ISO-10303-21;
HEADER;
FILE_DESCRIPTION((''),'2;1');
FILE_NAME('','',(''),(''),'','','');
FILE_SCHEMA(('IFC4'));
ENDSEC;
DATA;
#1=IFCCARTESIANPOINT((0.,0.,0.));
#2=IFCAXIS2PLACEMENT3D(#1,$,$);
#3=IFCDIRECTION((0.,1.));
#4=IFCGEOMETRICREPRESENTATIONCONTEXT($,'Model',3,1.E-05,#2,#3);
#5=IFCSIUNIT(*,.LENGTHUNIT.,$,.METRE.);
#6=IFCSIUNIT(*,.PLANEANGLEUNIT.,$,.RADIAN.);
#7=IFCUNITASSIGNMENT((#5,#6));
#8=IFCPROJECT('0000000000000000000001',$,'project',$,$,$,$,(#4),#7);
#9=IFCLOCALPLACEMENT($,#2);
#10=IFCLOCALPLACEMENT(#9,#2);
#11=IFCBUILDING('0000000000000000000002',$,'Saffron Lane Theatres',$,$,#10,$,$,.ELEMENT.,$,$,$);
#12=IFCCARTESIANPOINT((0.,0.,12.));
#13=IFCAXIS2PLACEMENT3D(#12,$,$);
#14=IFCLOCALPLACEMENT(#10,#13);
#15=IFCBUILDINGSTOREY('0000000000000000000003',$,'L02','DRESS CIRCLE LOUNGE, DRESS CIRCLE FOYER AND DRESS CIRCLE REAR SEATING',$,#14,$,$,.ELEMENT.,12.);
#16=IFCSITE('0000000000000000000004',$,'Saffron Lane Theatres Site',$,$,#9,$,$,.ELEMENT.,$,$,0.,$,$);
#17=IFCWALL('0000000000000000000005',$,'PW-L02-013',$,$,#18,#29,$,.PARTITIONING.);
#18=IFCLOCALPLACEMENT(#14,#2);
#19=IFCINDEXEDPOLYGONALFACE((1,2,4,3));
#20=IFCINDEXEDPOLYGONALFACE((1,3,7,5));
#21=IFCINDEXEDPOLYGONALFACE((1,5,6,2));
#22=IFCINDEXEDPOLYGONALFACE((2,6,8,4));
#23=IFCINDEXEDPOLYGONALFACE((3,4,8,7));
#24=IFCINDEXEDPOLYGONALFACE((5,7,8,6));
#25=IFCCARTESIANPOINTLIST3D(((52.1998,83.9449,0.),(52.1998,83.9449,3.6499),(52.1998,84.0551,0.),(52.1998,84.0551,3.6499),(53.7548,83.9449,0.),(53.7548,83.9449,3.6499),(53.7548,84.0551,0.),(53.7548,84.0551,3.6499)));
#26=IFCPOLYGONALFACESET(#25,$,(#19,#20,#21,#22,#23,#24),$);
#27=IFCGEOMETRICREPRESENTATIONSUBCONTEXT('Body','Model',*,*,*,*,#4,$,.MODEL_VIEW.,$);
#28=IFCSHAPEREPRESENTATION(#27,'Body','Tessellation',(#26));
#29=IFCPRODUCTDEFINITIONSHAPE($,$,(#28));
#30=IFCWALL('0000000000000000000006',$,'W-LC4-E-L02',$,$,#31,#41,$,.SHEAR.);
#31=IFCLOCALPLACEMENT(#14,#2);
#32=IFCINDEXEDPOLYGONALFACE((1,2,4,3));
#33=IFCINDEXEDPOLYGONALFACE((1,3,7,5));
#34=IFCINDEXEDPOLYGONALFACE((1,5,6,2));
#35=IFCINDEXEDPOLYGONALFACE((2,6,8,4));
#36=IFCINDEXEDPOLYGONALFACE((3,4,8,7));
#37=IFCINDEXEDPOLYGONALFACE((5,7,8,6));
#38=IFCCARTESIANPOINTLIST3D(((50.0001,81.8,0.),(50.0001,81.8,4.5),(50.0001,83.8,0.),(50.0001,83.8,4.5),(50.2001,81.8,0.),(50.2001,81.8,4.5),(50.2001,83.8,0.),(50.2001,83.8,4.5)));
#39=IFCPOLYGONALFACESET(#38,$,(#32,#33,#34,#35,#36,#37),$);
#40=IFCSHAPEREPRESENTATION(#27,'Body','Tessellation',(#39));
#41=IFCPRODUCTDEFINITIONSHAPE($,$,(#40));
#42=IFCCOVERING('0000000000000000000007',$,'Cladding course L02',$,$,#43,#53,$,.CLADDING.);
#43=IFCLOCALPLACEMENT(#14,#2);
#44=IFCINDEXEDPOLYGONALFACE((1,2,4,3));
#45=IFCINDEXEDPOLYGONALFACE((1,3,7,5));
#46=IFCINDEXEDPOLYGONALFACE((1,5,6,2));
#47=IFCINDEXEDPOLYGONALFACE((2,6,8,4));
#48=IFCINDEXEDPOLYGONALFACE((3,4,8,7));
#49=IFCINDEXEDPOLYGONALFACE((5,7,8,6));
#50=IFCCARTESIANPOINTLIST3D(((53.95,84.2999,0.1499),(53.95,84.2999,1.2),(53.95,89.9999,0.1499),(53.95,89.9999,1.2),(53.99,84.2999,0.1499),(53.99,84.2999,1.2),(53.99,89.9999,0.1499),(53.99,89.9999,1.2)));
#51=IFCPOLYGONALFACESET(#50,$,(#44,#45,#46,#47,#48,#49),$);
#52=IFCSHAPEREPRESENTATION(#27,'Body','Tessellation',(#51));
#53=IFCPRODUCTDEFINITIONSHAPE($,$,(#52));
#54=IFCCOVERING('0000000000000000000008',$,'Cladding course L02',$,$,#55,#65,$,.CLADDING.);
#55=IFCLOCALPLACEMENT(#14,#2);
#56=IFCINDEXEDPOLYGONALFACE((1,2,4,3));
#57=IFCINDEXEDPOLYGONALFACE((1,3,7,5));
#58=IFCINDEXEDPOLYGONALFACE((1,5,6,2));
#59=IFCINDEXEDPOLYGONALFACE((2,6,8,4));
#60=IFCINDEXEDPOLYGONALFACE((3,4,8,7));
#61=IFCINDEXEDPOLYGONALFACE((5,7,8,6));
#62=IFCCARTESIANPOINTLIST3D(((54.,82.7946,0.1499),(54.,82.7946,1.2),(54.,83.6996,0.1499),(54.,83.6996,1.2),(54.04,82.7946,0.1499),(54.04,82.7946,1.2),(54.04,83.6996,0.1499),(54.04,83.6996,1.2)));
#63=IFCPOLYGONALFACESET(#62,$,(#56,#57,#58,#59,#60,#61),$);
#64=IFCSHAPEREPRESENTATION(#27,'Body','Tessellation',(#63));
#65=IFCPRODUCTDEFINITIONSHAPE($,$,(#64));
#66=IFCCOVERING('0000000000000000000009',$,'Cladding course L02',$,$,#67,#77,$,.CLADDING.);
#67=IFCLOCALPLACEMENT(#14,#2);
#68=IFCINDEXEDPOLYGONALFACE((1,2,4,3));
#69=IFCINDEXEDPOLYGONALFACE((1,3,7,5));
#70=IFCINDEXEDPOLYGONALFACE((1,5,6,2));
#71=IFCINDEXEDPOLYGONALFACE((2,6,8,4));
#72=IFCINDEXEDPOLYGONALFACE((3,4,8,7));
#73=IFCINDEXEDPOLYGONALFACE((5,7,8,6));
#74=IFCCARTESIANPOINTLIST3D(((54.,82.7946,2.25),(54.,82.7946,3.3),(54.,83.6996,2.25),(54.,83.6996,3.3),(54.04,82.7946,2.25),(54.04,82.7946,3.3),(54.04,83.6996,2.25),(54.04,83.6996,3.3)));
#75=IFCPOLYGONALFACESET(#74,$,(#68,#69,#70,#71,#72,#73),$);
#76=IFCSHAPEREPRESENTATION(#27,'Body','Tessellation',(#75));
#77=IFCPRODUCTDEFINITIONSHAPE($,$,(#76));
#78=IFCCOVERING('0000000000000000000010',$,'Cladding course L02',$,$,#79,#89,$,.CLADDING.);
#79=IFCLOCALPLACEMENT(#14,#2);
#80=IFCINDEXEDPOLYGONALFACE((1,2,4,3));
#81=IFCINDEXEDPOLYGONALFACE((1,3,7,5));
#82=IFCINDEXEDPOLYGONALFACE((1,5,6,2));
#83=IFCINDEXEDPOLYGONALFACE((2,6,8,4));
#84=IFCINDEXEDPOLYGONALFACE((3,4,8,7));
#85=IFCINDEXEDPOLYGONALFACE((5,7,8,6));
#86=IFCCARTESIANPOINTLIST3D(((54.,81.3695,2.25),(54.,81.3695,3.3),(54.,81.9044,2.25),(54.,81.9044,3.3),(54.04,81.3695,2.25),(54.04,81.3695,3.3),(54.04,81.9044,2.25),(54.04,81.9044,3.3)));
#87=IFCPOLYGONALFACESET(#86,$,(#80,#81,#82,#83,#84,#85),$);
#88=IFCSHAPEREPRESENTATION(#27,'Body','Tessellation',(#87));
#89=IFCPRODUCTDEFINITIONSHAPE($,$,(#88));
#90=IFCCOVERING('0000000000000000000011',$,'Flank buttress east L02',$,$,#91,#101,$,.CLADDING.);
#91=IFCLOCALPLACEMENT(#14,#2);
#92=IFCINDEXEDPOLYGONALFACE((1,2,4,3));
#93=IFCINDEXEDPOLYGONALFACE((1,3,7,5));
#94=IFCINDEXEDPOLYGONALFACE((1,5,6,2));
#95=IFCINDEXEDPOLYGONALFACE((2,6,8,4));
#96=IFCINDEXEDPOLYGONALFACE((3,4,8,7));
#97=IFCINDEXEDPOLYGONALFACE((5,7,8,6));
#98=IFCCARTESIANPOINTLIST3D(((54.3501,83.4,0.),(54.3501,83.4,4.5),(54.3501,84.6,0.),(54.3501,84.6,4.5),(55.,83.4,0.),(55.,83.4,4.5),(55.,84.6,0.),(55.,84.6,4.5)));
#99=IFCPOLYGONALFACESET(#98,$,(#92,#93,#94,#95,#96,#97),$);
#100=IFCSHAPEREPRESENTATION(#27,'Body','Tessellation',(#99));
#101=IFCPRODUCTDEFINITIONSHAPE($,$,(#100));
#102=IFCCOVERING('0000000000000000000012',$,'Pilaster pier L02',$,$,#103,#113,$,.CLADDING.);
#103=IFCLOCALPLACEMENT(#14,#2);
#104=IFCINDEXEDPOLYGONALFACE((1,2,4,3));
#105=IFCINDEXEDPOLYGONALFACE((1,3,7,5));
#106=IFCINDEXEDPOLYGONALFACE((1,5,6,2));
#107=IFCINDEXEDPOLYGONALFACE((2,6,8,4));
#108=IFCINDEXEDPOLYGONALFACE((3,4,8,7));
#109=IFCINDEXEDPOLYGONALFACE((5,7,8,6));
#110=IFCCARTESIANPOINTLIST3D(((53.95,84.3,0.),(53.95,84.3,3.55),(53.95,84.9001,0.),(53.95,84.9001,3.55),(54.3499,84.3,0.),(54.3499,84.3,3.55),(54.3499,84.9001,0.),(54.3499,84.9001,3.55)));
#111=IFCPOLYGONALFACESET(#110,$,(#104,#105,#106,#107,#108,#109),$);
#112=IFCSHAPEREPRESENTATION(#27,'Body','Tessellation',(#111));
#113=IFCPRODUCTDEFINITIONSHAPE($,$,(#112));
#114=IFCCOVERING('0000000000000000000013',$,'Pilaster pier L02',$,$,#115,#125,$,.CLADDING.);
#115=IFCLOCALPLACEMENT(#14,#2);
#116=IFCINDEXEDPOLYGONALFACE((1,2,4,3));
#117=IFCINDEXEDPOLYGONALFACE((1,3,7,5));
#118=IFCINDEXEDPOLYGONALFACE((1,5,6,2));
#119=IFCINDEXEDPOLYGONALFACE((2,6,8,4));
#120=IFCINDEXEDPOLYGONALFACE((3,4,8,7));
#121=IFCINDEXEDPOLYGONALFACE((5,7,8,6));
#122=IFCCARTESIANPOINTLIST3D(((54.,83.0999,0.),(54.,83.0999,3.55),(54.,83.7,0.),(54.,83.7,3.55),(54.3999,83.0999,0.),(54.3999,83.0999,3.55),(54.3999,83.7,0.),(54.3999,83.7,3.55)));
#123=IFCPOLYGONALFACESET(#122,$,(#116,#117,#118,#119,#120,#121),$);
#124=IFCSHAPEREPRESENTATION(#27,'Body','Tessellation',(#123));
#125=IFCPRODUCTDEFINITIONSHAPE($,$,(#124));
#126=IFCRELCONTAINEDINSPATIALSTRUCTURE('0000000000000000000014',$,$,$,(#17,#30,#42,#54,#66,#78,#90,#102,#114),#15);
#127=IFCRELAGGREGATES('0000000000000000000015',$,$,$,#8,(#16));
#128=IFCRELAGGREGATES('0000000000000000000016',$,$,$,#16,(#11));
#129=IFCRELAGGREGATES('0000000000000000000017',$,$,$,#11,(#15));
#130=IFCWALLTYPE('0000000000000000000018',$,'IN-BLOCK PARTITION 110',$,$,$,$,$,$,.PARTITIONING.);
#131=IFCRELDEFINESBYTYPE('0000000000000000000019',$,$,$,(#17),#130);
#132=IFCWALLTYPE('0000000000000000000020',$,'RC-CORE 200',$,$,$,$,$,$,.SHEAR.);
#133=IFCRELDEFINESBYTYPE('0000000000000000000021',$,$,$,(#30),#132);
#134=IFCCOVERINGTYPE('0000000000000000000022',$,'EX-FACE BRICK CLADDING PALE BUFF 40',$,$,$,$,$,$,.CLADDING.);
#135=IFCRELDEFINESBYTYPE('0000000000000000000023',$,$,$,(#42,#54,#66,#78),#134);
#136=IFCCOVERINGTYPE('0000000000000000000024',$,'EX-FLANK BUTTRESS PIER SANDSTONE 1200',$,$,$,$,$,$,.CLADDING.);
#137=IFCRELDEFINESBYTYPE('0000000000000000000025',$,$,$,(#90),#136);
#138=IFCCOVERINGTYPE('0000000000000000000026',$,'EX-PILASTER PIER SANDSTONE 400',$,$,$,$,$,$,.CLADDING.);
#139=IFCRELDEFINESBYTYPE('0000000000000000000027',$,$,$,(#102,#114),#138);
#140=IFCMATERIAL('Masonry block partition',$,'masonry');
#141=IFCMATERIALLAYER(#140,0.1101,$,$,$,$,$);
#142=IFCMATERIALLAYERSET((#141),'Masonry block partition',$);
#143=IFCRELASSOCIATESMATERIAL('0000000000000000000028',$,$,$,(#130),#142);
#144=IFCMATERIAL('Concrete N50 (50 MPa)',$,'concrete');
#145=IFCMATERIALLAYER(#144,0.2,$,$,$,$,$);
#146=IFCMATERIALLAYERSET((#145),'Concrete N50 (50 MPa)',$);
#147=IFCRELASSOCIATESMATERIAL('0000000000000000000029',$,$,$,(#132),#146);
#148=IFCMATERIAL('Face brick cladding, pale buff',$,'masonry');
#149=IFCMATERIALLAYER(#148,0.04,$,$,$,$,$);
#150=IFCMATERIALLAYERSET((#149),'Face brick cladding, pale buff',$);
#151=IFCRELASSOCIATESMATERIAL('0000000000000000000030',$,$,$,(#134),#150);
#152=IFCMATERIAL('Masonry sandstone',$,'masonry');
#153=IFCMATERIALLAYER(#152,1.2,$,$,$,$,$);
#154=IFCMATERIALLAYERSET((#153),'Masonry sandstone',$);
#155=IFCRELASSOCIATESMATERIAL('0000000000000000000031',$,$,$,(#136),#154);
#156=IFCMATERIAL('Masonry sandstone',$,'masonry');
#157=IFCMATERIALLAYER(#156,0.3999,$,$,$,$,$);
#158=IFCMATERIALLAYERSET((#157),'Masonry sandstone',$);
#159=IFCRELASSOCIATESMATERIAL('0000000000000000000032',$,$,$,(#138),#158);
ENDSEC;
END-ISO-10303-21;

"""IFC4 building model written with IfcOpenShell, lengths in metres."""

from ifc_helpers import new_model, si_unit, direction, frame, frame_2d, origin, origin_2d, place, context, subcontext, project, spatial, rectangle, extrude, material, layer, layer_set, type_object, element, save


model = new_model("IFC4")

# Units and contexts
model_context = context("Model", 3, precision=1e-05, world=origin(), true_north=direction((0.0, 1.0)))
body_context = subcontext(model_context, "Body", "Model", "MODEL_VIEW")
ifc_project = project(units=[si_unit("LENGTHUNIT", "METRE"), si_unit("PLANEANGLEUNIT", "RADIAN")], contexts=[model_context])

# Site, building, storey
site_placement = place(None, origin())
site = spatial("IfcSite", under=ifc_project, at=site_placement, Name="Saffron Lane Theatres Site", CompositionType="ELEMENT", RefElevation=0.0)
building_placement = place(site_placement, origin())
building = spatial("IfcBuilding", under=site, at=building_placement, Name="Saffron Lane Theatres", CompositionType="ELEMENT")
storey_placement = place(building_placement, frame((0.0, 0.0, 12.0)))
storey = spatial("IfcBuildingStorey", under=building, at=storey_placement, Name="L02", Description="DRESS CIRCLE LOUNGE, DRESS CIRCLE FOYER AND DRESS CIRCLE REAR SEATING", CompositionType="ELEMENT", Elevation=12.0)

# Walls
ifc_material_1 = material(Name="Masonry block partition", Category="masonry")
ifc_layer_1 = layer(ifc_material_1, 0.1101)
ifc_layer_set_1 = layer_set([ifc_layer_1], Name="Masonry block partition")
wall_type_1 = type_object("IfcWallType", Name="IN-BLOCK PARTITION 110", PredefinedType="PARTITIONING", material=ifc_layer_set_1)
wall_1_placement = place(storey_placement, frame((52.2, 84.0, 0.0), z_axis=(0.0, 0.0, 1.0), x_axis=(1.0, 0.0, 0.0)))
element("IfcWall", 1, at=wall_1_placement, inside=storey, type_object=wall_type_1, Name="PW-L02-013", PredefinedType="PARTITIONING", context=body_context, shape_type="SweptSolid", body=[
    extrude(rectangle(XDim=1.5549, YDim=0.1101, at=frame_2d((0.7773, 0.0))), origin(), (0.0, 0.0, 1.0), 3.6499),
])
ifc_material_2 = material(Name="Concrete N50 (50 MPa)", Category="concrete")
ifc_layer_2 = layer(ifc_material_2, 0.2)
ifc_layer_set_2 = layer_set([ifc_layer_2], Name="Concrete N50 (50 MPa)")
wall_type_2 = type_object("IfcWallType", Name="RC-CORE 200", PredefinedType="SHEAR", material=ifc_layer_set_2)
wall_2_placement = place(storey_placement, frame((50.1001, 81.8, 0.0), z_axis=(0.0, 0.0, 1.0), x_axis=(0.0, 1.0, 0.0)))
element("IfcWall", 2, at=wall_2_placement, inside=storey, type_object=wall_type_2, Name="W-LC4-E-L02", PredefinedType="SHEAR", context=body_context, shape_type="SweptSolid", body=[
    extrude(rectangle(XDim=2.0, YDim=0.2, at=frame_2d((1.0, 0.0))), origin(), (0.0, 0.0, 1.0), 4.5),
])

# Coverings
ifc_material_3 = material(Name="Face brick cladding, pale buff", Category="masonry")
ifc_layer_3 = layer(ifc_material_3, 0.04)
ifc_layer_set_3 = layer_set([ifc_layer_3], Name="Face brick cladding, pale buff")
covering_type_1 = type_object("IfcCoveringType", Name="EX-FACE BRICK CLADDING PALE BUFF 40", PredefinedType="CLADDING", material=ifc_layer_set_3)
covering_1_placement = place(storey_placement, frame((53.97, 87.1499, 0.1499), z_axis=(0.0, 0.0, 1.0), x_axis=(0.0, -1.0, 0.0)))
element("IfcCovering", 3, at=covering_1_placement, inside=storey, type_object=covering_type_1, Name="Cladding course L02", PredefinedType="CLADDING", context=body_context, shape_type="SweptSolid", body=[
    extrude(rectangle(XDim=5.7, YDim=0.04, at=origin_2d()), origin(), (0.0, 0.0, 1.0), 1.05),
])
for number, where, z_axis, x_axis, name in (
    (4, (54.02, 83.2471, 0.1499), (0.0, 0.0, 1.0), (0.0, -1.0, 0.0), "Cladding course L02"),
    (5, (54.02, 83.2471, 2.25), (0.0, 0.0, 1.0), (0.0, -1.0, 0.0), "Cladding course L02"),
):
    element("IfcCovering", number, at=place(storey_placement, frame(where, z_axis=z_axis, x_axis=x_axis)), inside=storey, type_object=covering_type_1, Name=name, PredefinedType="CLADDING", context=body_context, shape_type="SweptSolid", body=[
        extrude(rectangle(XDim=0.905, YDim=0.04, at=origin_2d()), origin(), (0.0, 0.0, 1.0), 1.05),
    ])
covering_2_placement = place(storey_placement, frame((54.02, 81.637, 2.25), z_axis=(0.0, 0.0, 1.0), x_axis=(0.0, -1.0, 0.0)))
element("IfcCovering", 6, at=covering_2_placement, inside=storey, type_object=covering_type_1, Name="Cladding course L02", PredefinedType="CLADDING", context=body_context, shape_type="SweptSolid", body=[
    extrude(rectangle(XDim=0.5349, YDim=0.04, at=origin_2d()), origin(), (0.0, 0.0, 1.0), 1.05),
])
ifc_material_4 = material(Name="Masonry sandstone", Category="masonry")
ifc_layer_4 = layer(ifc_material_4, 1.2)
ifc_layer_set_4 = layer_set([ifc_layer_4], Name="Masonry sandstone")
covering_type_2 = type_object("IfcCoveringType", Name="EX-FLANK BUTTRESS PIER SANDSTONE 1200", PredefinedType="CLADDING", material=ifc_layer_set_4)
covering_3_placement = place(storey_placement, frame((54.675, 84.0, 0.0), z_axis=(0.0, 0.0, 1.0), x_axis=(0.0, 1.0, 0.0)))
element("IfcCovering", 7, at=covering_3_placement, inside=storey, type_object=covering_type_2, Name="Flank buttress east L02", PredefinedType="CLADDING", context=body_context, shape_type="SweptSolid", body=[
    extrude(rectangle(XDim=1.2, YDim=0.6499, at=origin_2d()), origin(), (0.0, 0.0, 1.0), 4.5),
])
ifc_material_5 = material(Name="Masonry sandstone", Category="masonry")
ifc_layer_5 = layer(ifc_material_5, 0.3999)
ifc_layer_set_5 = layer_set([ifc_layer_5], Name="Masonry sandstone")
covering_type_3 = type_object("IfcCoveringType", Name="EX-PILASTER PIER SANDSTONE 400", PredefinedType="CLADDING", material=ifc_layer_set_5)
for number, where, z_axis, x_axis, name in (
    (8, (54.1499, 84.6001, 0.0), (0.0, 0.0, 1.0), (0.0, -1.0, 0.0), "Pilaster pier L02"),
    (9, (54.2, 83.3999, 0.0), (0.0, 0.0, 1.0), (0.0, -1.0, 0.0), "Pilaster pier L02"),
):
    element("IfcCovering", number, at=place(storey_placement, frame(where, z_axis=z_axis, x_axis=x_axis)), inside=storey, type_object=covering_type_3, Name=name, PredefinedType="CLADDING", context=body_context, shape_type="SweptSolid", body=[
        extrude(rectangle(XDim=0.6001, YDim=0.3999, at=origin_2d()), origin(), (0.0, 0.0, 1.0), 3.55),
    ])

save(model, "model.ifc")
